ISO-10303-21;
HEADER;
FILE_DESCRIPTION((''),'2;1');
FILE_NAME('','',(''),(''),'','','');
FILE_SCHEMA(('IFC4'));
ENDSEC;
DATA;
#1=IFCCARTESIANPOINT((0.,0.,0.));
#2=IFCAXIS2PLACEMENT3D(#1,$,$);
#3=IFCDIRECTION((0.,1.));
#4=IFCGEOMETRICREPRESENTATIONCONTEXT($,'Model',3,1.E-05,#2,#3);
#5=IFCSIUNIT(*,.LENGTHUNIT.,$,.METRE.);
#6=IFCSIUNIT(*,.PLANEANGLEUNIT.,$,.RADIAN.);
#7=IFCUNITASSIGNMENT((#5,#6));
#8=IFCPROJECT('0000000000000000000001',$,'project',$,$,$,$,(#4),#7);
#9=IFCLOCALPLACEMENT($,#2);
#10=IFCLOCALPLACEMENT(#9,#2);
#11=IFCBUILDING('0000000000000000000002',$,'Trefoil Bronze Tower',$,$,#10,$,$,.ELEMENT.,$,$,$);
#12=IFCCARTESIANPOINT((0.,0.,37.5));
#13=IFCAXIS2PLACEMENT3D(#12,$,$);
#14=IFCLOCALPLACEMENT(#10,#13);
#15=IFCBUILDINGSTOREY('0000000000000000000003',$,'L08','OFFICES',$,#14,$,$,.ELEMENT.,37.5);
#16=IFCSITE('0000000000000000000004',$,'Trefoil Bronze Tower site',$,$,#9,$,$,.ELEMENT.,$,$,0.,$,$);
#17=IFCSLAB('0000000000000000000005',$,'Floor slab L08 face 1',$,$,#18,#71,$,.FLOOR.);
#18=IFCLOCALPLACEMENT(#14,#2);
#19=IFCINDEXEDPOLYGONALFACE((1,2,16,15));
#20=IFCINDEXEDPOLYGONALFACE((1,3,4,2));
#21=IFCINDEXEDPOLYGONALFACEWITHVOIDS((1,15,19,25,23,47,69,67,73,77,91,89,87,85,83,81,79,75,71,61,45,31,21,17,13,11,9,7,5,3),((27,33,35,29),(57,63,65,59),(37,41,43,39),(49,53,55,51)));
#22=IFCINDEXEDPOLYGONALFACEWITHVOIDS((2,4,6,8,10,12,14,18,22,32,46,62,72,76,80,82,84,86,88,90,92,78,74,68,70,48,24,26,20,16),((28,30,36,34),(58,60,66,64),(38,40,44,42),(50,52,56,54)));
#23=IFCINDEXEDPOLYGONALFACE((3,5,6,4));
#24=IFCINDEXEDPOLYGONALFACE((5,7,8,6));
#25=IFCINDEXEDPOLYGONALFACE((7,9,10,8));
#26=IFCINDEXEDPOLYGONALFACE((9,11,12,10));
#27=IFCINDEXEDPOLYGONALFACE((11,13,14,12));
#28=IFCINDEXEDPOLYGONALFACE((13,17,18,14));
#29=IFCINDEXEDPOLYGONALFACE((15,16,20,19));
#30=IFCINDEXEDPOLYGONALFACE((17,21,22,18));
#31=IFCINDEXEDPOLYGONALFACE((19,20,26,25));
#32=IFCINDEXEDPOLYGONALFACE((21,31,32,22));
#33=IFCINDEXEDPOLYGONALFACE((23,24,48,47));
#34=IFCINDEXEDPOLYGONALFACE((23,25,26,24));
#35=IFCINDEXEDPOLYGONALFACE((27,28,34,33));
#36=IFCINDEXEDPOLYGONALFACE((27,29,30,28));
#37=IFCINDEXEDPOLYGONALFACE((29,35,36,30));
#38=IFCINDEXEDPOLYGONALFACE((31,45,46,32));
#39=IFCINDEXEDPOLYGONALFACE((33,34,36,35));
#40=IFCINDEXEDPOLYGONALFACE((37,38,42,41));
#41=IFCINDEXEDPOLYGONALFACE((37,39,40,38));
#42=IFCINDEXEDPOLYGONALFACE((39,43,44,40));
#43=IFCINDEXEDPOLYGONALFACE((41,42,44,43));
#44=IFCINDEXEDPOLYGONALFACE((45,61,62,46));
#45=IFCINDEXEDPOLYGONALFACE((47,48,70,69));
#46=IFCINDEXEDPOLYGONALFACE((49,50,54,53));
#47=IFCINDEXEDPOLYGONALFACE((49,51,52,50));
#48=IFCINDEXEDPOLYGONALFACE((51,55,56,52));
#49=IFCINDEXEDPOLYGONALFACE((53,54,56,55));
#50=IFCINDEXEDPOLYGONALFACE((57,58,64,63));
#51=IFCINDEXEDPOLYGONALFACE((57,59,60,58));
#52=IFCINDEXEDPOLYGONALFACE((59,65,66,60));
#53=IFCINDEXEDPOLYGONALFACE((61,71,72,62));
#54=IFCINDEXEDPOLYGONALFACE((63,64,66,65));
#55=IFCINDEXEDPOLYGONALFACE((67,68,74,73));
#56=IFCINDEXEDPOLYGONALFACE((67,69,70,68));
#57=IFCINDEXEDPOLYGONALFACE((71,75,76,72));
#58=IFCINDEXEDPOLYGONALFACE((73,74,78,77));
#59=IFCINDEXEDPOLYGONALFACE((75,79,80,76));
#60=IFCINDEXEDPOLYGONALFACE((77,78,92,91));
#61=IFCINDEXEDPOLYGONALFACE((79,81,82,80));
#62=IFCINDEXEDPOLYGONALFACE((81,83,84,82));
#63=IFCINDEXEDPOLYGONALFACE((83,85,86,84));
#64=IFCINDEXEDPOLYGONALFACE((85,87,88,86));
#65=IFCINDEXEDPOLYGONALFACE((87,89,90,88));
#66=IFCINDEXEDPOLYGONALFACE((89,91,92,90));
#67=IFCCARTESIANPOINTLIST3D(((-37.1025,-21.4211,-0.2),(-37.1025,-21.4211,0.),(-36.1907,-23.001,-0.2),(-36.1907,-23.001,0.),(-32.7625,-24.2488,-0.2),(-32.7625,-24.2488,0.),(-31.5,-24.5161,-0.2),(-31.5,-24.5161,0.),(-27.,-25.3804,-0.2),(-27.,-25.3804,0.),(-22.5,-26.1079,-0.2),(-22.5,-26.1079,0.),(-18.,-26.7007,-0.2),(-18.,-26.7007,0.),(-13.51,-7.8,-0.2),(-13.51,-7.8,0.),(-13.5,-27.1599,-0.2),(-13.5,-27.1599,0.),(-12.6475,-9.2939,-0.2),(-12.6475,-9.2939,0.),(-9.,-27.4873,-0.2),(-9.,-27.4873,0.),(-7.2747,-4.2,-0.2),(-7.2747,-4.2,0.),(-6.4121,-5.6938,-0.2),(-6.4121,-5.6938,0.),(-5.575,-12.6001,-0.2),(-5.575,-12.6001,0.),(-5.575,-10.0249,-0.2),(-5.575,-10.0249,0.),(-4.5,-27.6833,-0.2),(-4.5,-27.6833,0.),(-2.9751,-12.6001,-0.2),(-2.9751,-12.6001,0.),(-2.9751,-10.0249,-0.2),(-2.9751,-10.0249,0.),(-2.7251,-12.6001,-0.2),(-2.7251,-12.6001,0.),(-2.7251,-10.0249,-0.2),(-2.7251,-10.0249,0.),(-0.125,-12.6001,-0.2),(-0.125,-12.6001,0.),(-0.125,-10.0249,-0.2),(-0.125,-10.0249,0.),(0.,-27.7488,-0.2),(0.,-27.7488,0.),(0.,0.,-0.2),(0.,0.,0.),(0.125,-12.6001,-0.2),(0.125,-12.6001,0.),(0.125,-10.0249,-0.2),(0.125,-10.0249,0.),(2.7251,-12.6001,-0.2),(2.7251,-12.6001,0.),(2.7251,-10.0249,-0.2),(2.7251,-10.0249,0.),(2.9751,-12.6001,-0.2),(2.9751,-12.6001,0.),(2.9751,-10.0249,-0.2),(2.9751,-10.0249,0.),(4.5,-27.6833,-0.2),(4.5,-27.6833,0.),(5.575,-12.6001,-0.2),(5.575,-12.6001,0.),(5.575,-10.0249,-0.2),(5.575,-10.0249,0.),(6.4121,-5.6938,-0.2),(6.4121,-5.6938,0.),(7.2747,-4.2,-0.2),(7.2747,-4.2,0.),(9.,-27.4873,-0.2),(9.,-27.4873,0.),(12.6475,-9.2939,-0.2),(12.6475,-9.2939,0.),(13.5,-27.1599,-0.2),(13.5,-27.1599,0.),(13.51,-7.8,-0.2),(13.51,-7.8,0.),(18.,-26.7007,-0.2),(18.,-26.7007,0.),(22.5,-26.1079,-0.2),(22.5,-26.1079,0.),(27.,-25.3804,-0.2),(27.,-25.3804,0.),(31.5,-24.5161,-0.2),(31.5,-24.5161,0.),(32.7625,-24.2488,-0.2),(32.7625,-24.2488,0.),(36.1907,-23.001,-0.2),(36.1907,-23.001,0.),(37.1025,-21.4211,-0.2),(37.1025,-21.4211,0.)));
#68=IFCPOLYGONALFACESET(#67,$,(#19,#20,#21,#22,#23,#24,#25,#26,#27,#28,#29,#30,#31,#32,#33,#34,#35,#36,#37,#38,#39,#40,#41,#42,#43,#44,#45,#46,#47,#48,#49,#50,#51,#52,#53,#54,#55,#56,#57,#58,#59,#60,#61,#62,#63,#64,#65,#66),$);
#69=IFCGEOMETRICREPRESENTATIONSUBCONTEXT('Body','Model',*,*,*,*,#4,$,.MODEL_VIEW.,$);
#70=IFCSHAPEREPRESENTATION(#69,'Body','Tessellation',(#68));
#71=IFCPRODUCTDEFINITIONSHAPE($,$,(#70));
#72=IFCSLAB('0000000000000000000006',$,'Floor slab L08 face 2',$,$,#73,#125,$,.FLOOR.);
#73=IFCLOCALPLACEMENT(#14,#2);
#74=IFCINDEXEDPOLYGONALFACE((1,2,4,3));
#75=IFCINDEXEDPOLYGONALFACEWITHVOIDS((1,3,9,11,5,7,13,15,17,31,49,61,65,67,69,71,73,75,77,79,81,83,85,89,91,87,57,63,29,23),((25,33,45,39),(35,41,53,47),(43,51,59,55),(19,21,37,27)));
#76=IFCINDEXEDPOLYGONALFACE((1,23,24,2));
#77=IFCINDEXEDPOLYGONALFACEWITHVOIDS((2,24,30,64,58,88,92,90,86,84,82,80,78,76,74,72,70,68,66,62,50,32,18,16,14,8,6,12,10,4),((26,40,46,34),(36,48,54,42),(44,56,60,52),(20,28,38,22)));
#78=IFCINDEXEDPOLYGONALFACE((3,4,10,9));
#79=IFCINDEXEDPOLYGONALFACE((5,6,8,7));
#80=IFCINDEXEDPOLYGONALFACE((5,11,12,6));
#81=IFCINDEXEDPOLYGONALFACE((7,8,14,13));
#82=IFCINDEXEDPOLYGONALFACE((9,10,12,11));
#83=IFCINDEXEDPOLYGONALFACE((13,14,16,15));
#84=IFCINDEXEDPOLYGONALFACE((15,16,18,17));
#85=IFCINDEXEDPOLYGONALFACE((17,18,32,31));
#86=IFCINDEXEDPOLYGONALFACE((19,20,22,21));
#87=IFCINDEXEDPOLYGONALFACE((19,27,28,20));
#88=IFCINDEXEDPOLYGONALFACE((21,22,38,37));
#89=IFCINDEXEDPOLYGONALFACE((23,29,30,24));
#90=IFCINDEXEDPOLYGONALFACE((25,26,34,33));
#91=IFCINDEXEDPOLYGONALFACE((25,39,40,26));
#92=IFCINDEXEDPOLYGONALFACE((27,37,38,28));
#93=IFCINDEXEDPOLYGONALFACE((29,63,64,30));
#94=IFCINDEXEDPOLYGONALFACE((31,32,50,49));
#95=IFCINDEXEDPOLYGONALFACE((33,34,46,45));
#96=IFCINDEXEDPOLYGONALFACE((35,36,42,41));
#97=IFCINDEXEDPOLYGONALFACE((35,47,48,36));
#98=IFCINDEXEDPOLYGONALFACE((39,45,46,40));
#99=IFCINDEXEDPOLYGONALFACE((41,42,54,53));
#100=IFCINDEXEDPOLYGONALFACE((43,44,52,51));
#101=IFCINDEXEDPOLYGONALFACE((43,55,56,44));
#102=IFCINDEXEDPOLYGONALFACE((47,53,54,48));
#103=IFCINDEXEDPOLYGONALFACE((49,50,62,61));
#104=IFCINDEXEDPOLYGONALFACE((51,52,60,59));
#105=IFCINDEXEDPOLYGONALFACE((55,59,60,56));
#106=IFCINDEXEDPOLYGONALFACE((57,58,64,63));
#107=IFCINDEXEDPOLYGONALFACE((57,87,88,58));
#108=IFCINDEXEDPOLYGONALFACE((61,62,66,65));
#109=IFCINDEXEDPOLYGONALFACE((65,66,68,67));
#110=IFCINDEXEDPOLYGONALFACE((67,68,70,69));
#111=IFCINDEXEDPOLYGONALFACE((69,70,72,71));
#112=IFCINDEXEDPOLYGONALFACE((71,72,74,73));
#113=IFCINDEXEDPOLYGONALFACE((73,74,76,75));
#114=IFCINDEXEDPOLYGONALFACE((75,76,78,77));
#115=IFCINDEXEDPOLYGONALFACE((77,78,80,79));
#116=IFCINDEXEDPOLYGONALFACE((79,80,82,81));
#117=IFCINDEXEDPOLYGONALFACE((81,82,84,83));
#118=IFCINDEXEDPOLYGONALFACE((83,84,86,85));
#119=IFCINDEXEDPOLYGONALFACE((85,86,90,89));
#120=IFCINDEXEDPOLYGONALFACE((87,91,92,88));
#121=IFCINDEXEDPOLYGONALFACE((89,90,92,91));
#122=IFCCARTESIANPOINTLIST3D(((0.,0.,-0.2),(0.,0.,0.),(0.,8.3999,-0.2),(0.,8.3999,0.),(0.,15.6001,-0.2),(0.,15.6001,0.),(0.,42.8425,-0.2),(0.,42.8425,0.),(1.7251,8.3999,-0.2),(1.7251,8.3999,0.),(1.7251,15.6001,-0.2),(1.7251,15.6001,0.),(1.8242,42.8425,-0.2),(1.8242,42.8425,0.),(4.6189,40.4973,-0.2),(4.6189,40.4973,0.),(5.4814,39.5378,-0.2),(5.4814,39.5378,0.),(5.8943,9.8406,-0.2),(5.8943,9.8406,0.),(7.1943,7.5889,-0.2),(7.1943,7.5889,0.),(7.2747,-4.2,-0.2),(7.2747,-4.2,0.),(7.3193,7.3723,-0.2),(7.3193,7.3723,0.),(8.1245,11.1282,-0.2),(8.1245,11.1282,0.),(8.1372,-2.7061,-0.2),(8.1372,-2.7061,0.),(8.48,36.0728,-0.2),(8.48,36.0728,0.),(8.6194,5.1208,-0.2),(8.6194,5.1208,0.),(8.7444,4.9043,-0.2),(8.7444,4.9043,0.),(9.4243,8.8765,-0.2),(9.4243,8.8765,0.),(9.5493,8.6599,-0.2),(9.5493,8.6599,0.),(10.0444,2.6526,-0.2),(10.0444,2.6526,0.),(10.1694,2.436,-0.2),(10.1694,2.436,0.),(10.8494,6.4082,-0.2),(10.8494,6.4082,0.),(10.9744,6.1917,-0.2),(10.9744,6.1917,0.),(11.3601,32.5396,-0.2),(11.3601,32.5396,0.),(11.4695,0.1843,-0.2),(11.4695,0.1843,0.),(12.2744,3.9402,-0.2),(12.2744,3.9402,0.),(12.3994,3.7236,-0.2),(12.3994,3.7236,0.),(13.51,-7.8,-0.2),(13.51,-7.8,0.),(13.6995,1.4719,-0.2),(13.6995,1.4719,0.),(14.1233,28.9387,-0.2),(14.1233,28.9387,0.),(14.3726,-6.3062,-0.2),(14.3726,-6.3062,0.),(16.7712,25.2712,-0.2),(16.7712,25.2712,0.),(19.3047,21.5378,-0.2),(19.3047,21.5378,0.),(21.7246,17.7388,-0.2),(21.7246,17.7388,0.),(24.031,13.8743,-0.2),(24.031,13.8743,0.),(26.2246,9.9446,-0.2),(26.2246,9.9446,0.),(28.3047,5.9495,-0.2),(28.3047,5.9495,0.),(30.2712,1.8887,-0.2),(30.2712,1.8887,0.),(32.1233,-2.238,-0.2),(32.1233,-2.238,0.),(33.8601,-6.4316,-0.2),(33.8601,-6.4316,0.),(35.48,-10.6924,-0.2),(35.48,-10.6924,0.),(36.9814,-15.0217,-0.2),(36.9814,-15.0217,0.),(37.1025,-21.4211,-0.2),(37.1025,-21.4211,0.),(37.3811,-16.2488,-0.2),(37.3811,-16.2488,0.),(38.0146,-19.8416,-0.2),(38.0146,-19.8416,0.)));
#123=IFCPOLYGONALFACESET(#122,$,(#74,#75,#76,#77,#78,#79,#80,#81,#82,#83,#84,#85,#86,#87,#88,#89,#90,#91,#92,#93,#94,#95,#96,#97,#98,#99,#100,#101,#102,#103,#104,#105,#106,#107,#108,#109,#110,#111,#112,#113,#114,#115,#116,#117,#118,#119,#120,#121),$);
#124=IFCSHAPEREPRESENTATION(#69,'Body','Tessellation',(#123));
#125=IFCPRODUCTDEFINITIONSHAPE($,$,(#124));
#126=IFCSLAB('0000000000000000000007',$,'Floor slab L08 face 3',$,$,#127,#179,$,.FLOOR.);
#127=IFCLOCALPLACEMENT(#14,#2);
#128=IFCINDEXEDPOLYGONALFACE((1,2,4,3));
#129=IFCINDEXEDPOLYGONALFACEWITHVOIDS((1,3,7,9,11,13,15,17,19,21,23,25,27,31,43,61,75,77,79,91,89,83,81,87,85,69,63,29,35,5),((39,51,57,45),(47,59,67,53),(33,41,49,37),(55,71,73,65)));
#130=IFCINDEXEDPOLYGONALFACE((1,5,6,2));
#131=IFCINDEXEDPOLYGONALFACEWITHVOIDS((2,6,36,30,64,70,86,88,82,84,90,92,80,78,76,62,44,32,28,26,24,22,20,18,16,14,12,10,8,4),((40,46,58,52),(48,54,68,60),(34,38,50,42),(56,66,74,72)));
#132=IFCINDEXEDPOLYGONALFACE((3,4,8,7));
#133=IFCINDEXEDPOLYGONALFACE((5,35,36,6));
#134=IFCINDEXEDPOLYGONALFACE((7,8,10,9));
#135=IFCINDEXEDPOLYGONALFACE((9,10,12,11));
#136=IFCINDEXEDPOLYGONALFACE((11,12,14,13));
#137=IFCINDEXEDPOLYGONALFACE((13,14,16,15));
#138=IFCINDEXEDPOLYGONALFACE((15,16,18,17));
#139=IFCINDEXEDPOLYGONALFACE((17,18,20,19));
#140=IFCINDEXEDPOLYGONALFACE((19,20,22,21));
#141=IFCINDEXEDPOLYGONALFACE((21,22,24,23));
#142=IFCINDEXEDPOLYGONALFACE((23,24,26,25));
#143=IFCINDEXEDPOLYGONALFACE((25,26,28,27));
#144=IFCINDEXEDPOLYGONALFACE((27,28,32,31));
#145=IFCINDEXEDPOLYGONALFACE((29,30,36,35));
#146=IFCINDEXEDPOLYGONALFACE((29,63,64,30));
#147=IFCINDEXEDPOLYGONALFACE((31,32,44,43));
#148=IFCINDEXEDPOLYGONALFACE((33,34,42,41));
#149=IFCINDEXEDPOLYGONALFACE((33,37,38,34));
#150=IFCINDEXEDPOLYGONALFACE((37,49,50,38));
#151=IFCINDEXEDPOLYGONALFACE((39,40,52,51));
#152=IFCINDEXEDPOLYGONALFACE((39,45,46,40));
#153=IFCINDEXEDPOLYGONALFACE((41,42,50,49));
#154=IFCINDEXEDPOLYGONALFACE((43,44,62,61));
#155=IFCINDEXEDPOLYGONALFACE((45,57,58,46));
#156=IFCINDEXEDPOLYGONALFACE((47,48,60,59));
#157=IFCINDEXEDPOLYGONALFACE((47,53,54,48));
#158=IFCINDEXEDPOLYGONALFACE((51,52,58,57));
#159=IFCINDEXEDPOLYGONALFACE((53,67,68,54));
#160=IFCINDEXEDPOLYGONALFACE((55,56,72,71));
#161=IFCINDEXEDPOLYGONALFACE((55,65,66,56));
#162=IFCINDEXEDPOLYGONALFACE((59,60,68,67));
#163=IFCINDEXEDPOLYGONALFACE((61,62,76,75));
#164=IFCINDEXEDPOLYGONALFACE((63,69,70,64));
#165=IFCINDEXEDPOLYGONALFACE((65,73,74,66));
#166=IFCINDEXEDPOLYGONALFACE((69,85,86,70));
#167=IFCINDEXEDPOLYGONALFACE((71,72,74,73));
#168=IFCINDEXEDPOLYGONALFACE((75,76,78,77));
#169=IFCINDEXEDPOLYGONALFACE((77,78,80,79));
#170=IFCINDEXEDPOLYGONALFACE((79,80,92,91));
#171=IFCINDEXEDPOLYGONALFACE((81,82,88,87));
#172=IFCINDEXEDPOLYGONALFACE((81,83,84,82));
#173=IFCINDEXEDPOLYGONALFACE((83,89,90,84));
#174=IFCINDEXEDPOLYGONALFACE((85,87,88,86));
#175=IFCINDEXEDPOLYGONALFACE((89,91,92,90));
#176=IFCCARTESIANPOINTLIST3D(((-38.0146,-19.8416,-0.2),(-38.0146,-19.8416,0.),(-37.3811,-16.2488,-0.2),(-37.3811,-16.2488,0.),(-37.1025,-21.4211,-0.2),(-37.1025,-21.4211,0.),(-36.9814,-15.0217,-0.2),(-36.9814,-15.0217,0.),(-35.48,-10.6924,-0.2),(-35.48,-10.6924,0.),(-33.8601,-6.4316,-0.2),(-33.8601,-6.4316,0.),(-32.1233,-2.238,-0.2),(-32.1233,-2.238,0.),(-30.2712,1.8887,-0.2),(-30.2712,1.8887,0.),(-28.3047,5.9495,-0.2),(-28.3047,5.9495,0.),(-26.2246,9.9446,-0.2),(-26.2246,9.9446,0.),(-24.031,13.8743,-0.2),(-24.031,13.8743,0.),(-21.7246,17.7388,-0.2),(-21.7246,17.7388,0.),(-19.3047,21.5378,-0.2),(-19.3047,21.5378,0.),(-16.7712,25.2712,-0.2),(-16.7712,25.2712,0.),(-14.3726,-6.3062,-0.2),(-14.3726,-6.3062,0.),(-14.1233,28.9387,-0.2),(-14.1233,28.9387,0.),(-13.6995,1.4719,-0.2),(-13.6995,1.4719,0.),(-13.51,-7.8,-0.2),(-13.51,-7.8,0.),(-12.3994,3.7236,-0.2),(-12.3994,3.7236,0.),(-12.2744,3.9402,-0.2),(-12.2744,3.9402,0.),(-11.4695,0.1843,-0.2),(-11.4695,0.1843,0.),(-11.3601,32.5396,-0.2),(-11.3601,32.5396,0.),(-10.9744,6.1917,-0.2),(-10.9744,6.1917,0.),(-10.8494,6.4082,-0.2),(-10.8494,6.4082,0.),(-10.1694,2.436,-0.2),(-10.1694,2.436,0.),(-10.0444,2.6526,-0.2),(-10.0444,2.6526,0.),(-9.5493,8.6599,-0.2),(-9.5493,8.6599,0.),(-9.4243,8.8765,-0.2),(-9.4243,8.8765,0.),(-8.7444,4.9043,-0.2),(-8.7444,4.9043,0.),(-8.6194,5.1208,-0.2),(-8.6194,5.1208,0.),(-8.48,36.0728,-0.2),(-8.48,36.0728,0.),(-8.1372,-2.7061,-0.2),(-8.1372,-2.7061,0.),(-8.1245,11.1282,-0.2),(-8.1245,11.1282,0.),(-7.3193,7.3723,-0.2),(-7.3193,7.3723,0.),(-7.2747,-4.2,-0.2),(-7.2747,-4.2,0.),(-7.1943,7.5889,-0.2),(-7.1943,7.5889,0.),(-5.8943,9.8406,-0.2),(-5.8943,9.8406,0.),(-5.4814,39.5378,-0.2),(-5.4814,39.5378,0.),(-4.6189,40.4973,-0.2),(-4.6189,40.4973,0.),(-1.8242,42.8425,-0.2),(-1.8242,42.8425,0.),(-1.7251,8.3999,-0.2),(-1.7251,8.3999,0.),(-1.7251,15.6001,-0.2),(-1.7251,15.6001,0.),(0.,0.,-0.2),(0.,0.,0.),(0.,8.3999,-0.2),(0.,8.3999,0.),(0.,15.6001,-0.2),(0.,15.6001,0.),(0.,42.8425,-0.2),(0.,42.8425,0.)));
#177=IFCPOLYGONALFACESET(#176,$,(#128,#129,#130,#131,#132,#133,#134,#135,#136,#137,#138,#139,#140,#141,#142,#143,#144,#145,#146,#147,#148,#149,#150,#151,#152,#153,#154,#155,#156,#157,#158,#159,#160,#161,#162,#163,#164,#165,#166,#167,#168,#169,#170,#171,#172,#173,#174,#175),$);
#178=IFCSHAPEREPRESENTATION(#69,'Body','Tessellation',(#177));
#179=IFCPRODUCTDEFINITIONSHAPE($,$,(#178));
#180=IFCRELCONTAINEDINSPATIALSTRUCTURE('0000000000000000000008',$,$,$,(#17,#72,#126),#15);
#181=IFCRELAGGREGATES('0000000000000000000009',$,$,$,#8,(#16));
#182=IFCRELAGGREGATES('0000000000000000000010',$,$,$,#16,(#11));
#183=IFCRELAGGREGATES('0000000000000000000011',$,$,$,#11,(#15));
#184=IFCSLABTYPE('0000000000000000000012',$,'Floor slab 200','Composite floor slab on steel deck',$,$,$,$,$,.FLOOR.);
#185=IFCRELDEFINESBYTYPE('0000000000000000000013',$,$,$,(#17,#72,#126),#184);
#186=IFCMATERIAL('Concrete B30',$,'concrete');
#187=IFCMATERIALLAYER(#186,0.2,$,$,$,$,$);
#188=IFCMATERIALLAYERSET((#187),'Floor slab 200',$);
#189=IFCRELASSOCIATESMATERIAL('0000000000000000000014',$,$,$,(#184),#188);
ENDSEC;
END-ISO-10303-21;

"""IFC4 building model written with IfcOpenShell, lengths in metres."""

from ifc_helpers import new_model, si_unit, direction, frame, origin, place, context, subcontext, project, spatial, polyline, outline, extrude, material, layer, layer_set, type_object, element, save


model = new_model("IFC4")

# Units and contexts
model_context = context("Model", 3, precision=1e-05, world=origin(), true_north=direction((0.0, 1.0)))
body_context = subcontext(model_context, "Body", "Model", "MODEL_VIEW")
ifc_project = project(units=[si_unit("LENGTHUNIT", "METRE"), si_unit("PLANEANGLEUNIT", "RADIAN")], contexts=[model_context])

# Site, building, storey
site_placement = place(None, origin())
site = spatial("IfcSite", under=ifc_project, at=site_placement, Name="Trefoil Bronze Tower site", CompositionType="ELEMENT", RefElevation=0.0)
building_placement = place(site_placement, origin())
building = spatial("IfcBuilding", under=site, at=building_placement, Name="Trefoil Bronze Tower", CompositionType="ELEMENT")
storey_placement = place(building_placement, frame((0.0, 0.0, 37.5)))
storey = spatial("IfcBuildingStorey", under=building, at=storey_placement, Name="L08", Description="OFFICES", CompositionType="ELEMENT", Elevation=37.5)

# Slabs
ifc_material_1 = material(Name="Concrete B30", Category="concrete")
ifc_layer_1 = layer(ifc_material_1, 0.2)
ifc_layer_set_1 = layer_set([ifc_layer_1], Name="Floor slab 200")
slab_type = type_object("IfcSlabType", Name="Floor slab 200", Description="Composite floor slab on steel deck", PredefinedType="FLOOR", material=ifc_layer_set_1)
slab_1_placement = place(storey_placement, frame((0.0, 0.0, -0.2)))
element("IfcSlab", 1, at=slab_1_placement, inside=storey, type_object=slab_type, Name="Floor slab L08 face 1", PredefinedType="FLOOR", context=body_context, shape_type="SweptSolid", body=[
    extrude(outline(polyline([(27.0, -25.3804), (22.5, -26.1079), (18.0, -26.7007), (13.5, -27.1599), (9.0, -27.4873), (4.5, -27.6833), (0.0, -27.7488), (-4.5, -27.6833), (-9.0, -27.4873), (-13.5, -27.1599), (-18.0, -26.7007), (-22.5, -26.1079), (-27.0, -25.3804), (-31.5, -24.5161), (-32.7625, -24.2488), (-36.1907, -23.001), (-37.1025, -21.4211), (-13.51, -7.8), (-12.6475, -9.2939), (-6.4121, -5.6938), (-7.2747, -4.2), (0.0, 0.0), (7.2747, -4.2), (6.4121, -5.6938), (12.6475, -9.2939), (13.51, -7.8), (37.1025, -21.4211), (36.1907, -23.001), (32.7625, -24.2488), (31.5, -24.5161), (27.0, -25.3804)]), holes=[polyline([(-5.575, -10.0249), (-2.9751, -10.0249), (-2.9751, -12.6001), (-5.575, -12.6001), (-5.575, -10.0249)]), polyline([(-2.7251, -10.0249), (-0.125, -10.0249), (-0.125, -12.6001), (-2.7251, -12.6001), (-2.7251, -10.0249)]), polyline([(0.125, -10.0249), (2.7251, -10.0249), (2.7251, -12.6001), (0.125, -12.6001), (0.125, -10.0249)]), polyline([(2.9751, -10.0249), (5.575, -10.0249), (5.575, -12.6001), (2.9751, -12.6001), (2.9751, -10.0249)])]), origin(), (0.0, 0.0, 1.0), 0.2),
])
slab_2_placement = place(storey_placement, frame((0.0, 0.0, -0.2)))
element("IfcSlab", 2, at=slab_2_placement, inside=storey, type_object=slab_type, Name="Floor slab L08 face 2", PredefinedType="FLOOR", context=body_context, shape_type="SweptSolid", body=[
    extrude(outline(polyline([(8.48, 36.0728), (11.3601, 32.5396), (14.1233, 28.9387), (16.7712, 25.2712), (19.3047, 21.5378), (21.7246, 17.7388), (24.031, 13.8743), (26.2246, 9.9446), (28.3047, 5.9495), (30.2712, 1.8887), (32.1233, -2.238), (33.8601, -6.4316), (35.48, -10.6924), (36.9814, -15.0217), (37.3811, -16.2488), (38.0146, -19.8416), (37.1025, -21.4211), (13.51, -7.8), (14.3726, -6.3062), (8.1372, -2.7061), (7.2747, -4.2), (0.0, 0.0), (0.0, 8.3999), (1.7251, 8.3999), (1.7251, 15.6001), (0.0, 15.6001), (0.0, 42.8425), (1.8242, 42.8425), (4.6189, 40.4973), (5.4814, 39.5378), (8.48, 36.0728)]), holes=[polyline([(11.4695, 0.1843), (10.1694, 2.436), (12.3994, 3.7236), (13.6995, 1.4719), (11.4695, 0.1843)]), polyline([(10.0444, 2.6526), (8.7444, 4.9043), (10.9744, 6.1917), (12.2744, 3.9402), (10.0444, 2.6526)]), polyline([(8.6194, 5.1208), (7.3193, 7.3723), (9.5493, 8.6599), (10.8494, 6.4082), (8.6194, 5.1208)]), polyline([(7.1943, 7.5889), (5.8943, 9.8406), (8.1245, 11.1282), (9.4243, 8.8765), (7.1943, 7.5889)])]), origin(), (0.0, 0.0, 1.0), 0.2),
])
slab_3_placement = place(storey_placement, frame((0.0, 0.0, -0.2)))
element("IfcSlab", 3, at=slab_3_placement, inside=storey, type_object=slab_type, Name="Floor slab L08 face 3", PredefinedType="FLOOR", context=body_context, shape_type="SweptSolid", body=[
    extrude(outline(polyline([(-35.48, -10.6924), (-33.8601, -6.4316), (-32.1233, -2.238), (-30.2712, 1.8887), (-28.3047, 5.9495), (-26.2246, 9.9446), (-24.031, 13.8743), (-21.7246, 17.7388), (-19.3047, 21.5378), (-16.7712, 25.2712), (-14.1233, 28.9387), (-11.3601, 32.5396), (-8.48, 36.0728), (-5.4814, 39.5378), (-4.6189, 40.4973), (-1.8242, 42.8425), (0.0, 42.8425), (0.0, 15.6001), (-1.7251, 15.6001), (-1.7251, 8.3999), (0.0, 8.3999), (0.0, 0.0), (-7.2747, -4.2), (-8.1372, -2.7061), (-14.3726, -6.3062), (-13.51, -7.8), (-37.1025, -21.4211), (-38.0146, -19.8416), (-37.3811, -16.2488), (-36.9814, -15.0217), (-35.48, -10.6924)]), holes=[polyline([(-5.8943, 9.8406), (-7.1943, 7.5889), (-9.4243, 8.8765), (-8.1245, 11.1282), (-5.8943, 9.8406)]), polyline([(-7.3193, 7.3723), (-8.6194, 5.1208), (-10.8494, 6.4082), (-9.5493, 8.6599), (-7.3193, 7.3723)]), polyline([(-8.7444, 4.9043), (-10.0444, 2.6526), (-12.2744, 3.9402), (-10.9744, 6.1917), (-8.7444, 4.9043)]), polyline([(-10.1694, 2.436), (-11.4695, 0.1843), (-13.6995, 1.4719), (-12.3994, 3.7236), (-10.1694, 2.436)])]), origin(), (0.0, 0.0, 1.0), 0.2),
])

save(model, "model.ifc")
